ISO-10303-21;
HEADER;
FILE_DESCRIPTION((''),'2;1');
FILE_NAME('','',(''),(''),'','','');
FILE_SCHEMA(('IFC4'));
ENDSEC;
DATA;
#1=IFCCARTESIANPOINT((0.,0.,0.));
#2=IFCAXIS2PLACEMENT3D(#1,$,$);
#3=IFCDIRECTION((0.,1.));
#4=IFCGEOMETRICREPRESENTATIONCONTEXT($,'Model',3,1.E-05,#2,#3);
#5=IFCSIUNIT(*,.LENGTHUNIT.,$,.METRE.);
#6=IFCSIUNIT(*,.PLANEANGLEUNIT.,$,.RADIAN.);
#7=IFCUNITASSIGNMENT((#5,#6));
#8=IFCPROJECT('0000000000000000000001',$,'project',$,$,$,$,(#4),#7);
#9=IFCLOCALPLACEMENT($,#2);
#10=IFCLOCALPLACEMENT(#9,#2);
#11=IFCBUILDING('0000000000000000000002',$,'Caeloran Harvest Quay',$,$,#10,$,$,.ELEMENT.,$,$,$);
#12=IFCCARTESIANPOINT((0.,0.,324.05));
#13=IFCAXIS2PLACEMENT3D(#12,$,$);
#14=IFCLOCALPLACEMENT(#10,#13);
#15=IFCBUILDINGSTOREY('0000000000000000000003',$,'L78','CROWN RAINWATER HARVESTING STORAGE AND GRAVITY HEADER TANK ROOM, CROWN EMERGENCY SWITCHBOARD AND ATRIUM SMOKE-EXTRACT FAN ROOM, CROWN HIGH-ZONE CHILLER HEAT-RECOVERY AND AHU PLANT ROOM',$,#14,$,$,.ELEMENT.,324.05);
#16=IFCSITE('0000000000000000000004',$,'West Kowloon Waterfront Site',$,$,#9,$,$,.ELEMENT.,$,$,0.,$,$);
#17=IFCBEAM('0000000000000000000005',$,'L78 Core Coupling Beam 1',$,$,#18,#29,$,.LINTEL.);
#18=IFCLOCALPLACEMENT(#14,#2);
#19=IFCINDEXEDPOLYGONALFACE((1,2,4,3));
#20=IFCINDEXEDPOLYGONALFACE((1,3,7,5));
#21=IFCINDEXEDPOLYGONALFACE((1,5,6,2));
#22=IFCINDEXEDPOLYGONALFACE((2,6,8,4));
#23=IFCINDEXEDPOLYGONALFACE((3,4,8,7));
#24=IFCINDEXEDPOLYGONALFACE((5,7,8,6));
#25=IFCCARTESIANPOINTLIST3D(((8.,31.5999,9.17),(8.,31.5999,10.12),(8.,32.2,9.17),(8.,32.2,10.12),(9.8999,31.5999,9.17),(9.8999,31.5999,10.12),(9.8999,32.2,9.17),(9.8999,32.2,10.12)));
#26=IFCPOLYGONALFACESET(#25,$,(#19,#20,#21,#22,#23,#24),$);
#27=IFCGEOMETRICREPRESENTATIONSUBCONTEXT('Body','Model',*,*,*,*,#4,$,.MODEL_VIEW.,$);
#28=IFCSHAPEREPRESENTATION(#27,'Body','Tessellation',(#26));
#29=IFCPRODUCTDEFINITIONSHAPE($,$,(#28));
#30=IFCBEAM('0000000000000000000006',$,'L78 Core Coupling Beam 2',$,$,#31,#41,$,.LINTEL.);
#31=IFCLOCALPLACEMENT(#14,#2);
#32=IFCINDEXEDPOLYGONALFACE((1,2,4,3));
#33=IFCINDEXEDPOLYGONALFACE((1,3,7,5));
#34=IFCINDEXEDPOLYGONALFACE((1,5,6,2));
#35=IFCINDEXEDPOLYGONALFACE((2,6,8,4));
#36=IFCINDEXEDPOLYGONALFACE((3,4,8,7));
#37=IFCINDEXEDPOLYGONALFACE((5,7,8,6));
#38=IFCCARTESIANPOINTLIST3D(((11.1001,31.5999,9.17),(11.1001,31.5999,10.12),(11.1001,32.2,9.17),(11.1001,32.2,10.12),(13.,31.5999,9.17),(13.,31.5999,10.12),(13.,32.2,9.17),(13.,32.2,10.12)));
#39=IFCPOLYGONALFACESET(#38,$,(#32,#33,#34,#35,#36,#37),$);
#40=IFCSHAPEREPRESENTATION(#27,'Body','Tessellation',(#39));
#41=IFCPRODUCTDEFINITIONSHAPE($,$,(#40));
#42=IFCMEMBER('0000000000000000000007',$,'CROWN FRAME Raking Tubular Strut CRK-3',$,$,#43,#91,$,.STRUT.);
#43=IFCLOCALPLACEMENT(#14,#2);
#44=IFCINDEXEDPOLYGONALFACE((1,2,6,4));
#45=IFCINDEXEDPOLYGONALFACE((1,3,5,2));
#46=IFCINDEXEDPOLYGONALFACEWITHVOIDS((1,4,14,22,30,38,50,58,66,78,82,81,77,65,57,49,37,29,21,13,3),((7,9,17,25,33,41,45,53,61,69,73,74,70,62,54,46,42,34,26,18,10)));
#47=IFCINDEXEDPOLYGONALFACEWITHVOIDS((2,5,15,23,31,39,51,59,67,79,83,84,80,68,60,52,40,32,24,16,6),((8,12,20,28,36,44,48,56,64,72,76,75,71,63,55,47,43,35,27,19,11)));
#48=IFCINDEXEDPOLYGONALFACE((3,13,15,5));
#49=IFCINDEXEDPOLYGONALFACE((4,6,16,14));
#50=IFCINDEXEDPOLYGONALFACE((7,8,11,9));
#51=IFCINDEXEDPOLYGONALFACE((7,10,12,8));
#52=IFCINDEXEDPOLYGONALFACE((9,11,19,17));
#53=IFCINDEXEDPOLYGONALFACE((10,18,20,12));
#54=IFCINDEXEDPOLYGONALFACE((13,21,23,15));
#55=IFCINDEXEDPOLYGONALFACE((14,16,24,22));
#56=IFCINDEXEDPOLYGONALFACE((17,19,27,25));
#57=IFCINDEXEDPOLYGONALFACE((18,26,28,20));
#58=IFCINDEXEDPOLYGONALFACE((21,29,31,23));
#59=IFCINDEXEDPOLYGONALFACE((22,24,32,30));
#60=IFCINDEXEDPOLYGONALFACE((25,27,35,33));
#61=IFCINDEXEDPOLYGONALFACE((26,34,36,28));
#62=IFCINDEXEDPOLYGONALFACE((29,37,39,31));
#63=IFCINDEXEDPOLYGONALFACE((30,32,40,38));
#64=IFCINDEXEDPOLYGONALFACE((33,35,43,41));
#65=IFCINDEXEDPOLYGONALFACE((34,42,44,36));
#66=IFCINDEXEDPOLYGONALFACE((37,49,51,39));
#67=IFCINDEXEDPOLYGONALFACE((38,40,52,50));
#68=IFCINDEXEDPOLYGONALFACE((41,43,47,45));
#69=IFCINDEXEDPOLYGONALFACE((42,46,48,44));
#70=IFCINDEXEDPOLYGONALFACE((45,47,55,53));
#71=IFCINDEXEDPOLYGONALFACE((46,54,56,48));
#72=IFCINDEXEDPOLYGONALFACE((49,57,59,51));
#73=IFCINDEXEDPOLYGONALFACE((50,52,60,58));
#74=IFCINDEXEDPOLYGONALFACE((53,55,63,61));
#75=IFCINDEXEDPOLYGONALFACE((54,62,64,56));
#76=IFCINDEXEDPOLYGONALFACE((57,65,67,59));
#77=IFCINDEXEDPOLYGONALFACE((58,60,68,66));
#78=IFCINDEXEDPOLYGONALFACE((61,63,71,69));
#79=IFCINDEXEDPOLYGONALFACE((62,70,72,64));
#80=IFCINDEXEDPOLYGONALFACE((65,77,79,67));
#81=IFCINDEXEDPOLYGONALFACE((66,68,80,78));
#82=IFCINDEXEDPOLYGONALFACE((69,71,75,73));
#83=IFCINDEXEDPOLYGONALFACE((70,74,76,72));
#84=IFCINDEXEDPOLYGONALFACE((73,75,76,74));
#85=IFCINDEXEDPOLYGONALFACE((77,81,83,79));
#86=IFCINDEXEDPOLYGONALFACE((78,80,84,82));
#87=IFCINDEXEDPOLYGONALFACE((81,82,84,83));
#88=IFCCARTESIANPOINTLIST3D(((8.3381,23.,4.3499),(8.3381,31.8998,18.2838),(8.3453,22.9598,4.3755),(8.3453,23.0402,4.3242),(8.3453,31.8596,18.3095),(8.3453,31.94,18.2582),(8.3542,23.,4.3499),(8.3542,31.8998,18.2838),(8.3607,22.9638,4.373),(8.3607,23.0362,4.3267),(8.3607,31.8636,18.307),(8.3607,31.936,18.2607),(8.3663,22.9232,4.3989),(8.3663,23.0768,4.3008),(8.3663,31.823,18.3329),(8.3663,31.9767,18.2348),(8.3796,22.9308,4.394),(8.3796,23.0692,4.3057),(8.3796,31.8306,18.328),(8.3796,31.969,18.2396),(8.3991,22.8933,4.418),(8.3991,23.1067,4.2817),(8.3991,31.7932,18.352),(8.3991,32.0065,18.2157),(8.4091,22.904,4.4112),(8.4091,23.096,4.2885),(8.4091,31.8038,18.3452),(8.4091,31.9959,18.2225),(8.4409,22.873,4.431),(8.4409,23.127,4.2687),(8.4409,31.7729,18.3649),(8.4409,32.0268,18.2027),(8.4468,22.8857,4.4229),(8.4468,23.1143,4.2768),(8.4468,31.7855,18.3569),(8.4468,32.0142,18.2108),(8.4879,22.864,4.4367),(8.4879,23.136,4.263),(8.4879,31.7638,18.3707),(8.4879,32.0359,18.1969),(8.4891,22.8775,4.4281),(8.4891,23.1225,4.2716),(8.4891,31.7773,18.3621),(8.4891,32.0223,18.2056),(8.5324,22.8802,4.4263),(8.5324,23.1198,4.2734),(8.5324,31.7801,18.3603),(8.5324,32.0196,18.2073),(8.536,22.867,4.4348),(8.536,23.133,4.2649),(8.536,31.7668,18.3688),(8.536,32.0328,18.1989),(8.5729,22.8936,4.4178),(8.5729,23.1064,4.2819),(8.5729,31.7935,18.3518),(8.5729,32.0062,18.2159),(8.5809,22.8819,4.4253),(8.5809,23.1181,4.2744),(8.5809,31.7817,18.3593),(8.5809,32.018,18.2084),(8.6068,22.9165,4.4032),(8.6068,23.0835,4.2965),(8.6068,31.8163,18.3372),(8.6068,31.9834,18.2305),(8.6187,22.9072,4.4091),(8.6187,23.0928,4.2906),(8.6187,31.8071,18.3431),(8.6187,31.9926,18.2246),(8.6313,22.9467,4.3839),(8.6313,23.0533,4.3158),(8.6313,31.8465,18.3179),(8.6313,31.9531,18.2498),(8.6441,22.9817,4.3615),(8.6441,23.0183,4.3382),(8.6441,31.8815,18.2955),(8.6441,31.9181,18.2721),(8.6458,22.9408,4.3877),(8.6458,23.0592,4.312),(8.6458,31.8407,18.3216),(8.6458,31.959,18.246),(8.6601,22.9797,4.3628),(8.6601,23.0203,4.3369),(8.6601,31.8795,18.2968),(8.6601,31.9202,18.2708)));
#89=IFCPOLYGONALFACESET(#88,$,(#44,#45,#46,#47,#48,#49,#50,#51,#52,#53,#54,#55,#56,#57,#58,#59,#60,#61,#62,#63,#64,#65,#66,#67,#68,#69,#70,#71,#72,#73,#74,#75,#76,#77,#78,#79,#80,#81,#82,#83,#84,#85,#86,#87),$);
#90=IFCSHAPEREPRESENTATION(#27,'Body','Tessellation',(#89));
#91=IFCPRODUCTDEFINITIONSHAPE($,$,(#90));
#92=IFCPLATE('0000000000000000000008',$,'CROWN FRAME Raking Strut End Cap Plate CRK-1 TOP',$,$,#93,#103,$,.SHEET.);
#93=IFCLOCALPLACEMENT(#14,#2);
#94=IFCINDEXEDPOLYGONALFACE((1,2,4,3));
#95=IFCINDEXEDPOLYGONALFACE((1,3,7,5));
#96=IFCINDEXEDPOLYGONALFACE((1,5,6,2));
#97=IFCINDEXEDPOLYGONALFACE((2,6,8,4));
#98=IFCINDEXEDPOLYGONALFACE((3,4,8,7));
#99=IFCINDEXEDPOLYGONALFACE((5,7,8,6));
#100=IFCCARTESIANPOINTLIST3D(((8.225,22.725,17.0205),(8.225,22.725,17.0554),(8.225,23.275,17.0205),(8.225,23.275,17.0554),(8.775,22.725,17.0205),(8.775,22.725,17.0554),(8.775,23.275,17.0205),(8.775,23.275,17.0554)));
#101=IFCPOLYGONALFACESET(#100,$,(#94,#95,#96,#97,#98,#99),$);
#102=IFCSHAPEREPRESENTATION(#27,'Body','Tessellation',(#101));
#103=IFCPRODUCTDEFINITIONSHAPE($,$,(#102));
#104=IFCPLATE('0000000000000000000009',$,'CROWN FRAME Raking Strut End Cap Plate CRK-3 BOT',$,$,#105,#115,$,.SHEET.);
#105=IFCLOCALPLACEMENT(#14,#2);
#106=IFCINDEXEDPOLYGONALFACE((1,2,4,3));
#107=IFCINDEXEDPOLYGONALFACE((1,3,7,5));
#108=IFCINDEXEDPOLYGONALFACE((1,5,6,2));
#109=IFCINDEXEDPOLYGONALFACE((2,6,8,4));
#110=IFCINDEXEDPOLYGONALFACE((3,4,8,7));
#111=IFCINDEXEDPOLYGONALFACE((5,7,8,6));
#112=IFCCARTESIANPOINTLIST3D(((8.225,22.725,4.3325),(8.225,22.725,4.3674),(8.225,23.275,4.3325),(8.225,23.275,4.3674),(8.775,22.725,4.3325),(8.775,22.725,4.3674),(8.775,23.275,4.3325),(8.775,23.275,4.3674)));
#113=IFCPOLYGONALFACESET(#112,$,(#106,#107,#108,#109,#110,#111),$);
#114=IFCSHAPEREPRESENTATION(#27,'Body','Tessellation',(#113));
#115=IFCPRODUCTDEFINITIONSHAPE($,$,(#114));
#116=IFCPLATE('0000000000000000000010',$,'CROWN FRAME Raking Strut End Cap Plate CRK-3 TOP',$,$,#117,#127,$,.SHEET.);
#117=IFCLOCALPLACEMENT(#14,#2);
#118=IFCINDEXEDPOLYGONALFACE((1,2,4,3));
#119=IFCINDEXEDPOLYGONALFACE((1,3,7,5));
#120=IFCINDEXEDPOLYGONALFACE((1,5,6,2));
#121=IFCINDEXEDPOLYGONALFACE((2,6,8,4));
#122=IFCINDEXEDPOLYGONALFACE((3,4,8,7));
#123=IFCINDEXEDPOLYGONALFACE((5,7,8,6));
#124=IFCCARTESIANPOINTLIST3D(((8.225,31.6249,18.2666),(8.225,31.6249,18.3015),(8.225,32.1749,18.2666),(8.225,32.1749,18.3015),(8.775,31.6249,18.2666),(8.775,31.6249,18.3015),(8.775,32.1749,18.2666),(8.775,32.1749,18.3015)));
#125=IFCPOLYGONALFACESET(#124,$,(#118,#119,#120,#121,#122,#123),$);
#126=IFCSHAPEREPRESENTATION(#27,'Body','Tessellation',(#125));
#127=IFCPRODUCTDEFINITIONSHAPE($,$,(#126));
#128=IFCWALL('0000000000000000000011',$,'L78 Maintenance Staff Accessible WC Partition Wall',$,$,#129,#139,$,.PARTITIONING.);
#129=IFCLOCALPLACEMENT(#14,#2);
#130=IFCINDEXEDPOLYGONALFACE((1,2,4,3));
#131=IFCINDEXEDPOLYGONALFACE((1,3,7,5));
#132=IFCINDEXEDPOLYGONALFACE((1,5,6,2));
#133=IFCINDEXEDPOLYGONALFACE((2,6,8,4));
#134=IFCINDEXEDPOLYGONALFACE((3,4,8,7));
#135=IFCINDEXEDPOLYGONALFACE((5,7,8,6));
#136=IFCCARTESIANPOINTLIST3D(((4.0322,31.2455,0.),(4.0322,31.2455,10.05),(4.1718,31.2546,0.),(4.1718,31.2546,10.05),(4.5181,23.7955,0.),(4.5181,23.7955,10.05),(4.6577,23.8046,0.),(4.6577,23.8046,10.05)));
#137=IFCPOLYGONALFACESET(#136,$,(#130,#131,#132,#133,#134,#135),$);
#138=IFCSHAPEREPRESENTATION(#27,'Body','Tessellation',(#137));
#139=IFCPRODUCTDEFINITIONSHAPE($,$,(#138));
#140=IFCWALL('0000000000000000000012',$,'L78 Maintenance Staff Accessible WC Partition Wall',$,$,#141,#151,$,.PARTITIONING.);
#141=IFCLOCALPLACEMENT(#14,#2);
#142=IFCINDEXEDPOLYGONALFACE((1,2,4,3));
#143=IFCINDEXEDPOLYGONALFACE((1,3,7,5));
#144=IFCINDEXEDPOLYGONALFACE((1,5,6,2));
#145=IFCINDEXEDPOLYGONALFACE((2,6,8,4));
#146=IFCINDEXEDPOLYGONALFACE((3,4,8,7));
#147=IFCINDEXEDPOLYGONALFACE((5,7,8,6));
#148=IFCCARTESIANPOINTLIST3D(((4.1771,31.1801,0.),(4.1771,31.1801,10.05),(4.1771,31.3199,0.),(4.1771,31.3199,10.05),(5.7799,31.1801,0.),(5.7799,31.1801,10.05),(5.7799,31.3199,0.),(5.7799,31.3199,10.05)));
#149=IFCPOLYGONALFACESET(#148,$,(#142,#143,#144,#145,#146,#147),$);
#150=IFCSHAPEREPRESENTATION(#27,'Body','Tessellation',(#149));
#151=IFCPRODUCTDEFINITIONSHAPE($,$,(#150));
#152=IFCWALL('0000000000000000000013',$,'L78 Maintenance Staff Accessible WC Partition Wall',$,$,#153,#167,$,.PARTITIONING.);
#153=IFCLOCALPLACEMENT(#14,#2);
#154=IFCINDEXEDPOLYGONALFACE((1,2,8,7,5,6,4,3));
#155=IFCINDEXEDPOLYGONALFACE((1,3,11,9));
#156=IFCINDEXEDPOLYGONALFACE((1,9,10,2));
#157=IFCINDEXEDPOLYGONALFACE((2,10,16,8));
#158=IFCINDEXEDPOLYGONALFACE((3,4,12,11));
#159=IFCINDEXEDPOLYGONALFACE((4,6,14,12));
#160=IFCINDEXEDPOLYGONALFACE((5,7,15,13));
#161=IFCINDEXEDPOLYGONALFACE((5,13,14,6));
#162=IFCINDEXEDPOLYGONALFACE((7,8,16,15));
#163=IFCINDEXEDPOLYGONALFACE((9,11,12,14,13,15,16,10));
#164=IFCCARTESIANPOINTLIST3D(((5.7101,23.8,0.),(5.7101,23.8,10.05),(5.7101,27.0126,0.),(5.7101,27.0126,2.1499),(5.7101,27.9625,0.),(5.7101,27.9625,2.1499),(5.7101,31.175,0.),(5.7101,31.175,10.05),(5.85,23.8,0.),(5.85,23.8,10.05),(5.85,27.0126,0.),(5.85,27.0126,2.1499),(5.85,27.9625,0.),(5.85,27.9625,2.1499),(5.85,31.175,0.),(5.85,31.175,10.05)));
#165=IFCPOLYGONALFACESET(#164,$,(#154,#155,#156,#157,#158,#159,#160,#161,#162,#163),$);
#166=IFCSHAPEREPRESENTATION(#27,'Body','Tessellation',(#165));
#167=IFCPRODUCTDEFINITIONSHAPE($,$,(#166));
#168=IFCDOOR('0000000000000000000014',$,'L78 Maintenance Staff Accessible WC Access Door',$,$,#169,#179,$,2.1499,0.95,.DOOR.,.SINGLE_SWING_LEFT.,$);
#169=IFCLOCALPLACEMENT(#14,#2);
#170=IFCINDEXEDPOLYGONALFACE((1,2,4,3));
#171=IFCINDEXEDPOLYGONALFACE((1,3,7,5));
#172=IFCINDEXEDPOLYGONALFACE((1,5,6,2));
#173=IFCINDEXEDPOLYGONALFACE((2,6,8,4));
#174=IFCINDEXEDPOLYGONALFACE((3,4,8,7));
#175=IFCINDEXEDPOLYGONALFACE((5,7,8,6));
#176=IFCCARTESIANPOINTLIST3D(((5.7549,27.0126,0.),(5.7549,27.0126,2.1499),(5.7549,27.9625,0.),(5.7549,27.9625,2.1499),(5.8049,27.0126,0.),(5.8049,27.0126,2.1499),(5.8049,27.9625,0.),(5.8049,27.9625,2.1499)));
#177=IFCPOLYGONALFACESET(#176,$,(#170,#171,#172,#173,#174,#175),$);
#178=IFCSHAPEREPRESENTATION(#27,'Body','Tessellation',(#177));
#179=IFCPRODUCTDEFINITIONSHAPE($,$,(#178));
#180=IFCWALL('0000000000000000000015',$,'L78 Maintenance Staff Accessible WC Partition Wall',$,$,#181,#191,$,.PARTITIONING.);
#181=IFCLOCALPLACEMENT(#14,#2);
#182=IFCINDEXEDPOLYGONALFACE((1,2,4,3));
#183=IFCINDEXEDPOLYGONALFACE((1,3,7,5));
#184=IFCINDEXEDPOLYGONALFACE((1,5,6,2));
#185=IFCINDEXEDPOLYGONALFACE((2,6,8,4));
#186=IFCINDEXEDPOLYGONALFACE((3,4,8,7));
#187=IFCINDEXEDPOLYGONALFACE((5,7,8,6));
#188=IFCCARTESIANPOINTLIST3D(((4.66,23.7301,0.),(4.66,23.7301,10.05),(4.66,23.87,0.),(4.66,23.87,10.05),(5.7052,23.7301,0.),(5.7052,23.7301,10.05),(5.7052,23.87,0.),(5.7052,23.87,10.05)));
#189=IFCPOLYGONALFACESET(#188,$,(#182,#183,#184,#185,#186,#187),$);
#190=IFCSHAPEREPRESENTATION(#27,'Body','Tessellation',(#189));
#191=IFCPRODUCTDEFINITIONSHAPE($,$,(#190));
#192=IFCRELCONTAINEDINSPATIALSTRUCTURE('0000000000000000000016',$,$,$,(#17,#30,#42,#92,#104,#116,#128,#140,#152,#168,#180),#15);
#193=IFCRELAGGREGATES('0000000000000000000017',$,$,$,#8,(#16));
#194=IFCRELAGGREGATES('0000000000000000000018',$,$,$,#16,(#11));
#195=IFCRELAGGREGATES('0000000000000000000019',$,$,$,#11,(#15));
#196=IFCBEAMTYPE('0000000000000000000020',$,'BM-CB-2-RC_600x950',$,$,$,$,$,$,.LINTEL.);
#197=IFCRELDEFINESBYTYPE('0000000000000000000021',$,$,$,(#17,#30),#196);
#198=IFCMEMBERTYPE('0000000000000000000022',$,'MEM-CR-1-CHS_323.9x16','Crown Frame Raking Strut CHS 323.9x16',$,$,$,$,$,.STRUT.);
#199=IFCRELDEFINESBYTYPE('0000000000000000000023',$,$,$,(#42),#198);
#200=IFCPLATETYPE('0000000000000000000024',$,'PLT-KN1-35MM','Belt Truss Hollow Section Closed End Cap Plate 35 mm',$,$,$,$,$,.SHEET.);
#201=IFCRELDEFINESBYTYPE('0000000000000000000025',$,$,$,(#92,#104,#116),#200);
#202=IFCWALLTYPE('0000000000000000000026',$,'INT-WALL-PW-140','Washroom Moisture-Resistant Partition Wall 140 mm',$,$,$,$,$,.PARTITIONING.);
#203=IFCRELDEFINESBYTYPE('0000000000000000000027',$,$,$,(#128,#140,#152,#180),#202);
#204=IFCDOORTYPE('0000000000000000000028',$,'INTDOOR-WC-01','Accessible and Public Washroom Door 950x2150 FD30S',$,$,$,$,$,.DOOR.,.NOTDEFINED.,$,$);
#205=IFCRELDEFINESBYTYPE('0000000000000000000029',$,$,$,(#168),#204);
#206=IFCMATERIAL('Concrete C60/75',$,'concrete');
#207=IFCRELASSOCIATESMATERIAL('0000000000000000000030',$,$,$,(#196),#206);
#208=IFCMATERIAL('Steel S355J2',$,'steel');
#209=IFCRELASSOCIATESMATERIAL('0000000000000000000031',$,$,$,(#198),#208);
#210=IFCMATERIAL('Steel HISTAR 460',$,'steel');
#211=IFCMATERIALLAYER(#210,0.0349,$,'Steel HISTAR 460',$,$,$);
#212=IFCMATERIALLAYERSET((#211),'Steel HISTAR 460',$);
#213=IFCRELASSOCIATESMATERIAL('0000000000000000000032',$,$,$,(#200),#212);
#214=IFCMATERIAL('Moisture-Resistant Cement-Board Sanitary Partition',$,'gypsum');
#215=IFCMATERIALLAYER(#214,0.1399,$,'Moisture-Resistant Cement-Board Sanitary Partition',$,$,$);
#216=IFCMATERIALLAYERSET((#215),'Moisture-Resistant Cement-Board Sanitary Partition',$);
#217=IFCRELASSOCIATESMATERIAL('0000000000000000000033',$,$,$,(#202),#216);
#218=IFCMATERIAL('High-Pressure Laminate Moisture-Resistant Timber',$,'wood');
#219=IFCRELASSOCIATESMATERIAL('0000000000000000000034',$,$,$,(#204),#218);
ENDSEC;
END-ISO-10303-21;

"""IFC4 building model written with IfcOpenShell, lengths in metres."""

from ifc_helpers import new_model, si_unit, direction, frame, frame_2d, origin, origin_2d, place, context, subcontext, project, spatial, rectangle, hollow_circle, extrude, material, layer, layer_set, material_profile, profile_set, type_object, element, fill, save


model = new_model("IFC4")

# Units and contexts
model_context = context("Model", 3, precision=1e-05, world=origin(), true_north=direction((0.0, 1.0)))
body_context = subcontext(model_context, "Body", "Model", "MODEL_VIEW")
ifc_project = project(units=[si_unit("LENGTHUNIT", "METRE"), si_unit("PLANEANGLEUNIT", "RADIAN")], contexts=[model_context])

# Site, building, storey
site_placement = place(None, origin())
site = spatial("IfcSite", under=ifc_project, at=site_placement, Name="West Kowloon Waterfront Site", CompositionType="ELEMENT", RefElevation=0.0)
building_placement = place(site_placement, origin())
building = spatial("IfcBuilding", under=site, at=building_placement, Name="Caeloran Harvest Quay", CompositionType="ELEMENT")
storey_placement = place(building_placement, frame((0.0, 0.0, 324.05)))
storey = spatial("IfcBuildingStorey", under=building, at=storey_placement, Name="L78", Description="CROWN RAINWATER HARVESTING STORAGE AND GRAVITY HEADER TANK ROOM, CROWN EMERGENCY SWITCHBOARD AND ATRIUM SMOKE-EXTRACT FAN ROOM, CROWN HIGH-ZONE CHILLER HEAT-RECOVERY AND AHU PLANT ROOM", CompositionType="ELEMENT", Elevation=324.05)

# Shared definitions
ifc_material_1 = material(Name="Steel S355J2", Category="steel")
ifc_material_2 = material(Name="Concrete C60/75", Category="concrete")

# Beams
ifc_material_profile_1 = material_profile(ifc_material_2, rectangle(XDim=0.6001, YDim=0.95, at=origin_2d()), Name="RC 600x950")
ifc_profile_set_1 = profile_set([ifc_material_profile_1], Name="Concrete C60/75")
beam_type = type_object("IfcBeamType", Name="BM-CB-2-RC_600x950", PredefinedType="LINTEL", material=ifc_profile_set_1)
for number, where, z_axis, x_axis, name in (
    (1, (8.0, 31.8999, 9.645), (1.0, 0.0, 0.0), (0.0, 1.0, 0.0), "L78 Core Coupling Beam 1"),
    (2, (11.1001, 31.8999, 9.645), (1.0, 0.0, 0.0), (0.0, 1.0, 0.0), "L78 Core Coupling Beam 2"),
):
    element("IfcBeam", number, at=place(storey_placement, frame(where, z_axis=z_axis, x_axis=x_axis)), inside=storey, type_object=beam_type, Name=name, PredefinedType="LINTEL", context=body_context, shape_type="SweptSolid", body=[
        extrude(rectangle(XDim=0.6001, YDim=0.95, at=origin_2d()), origin(), (0.0, 0.0, 1.0), 1.8999),
    ])

# Member
ifc_material_profile_2 = material_profile(ifc_material_1, hollow_circle(Radius=0.1619, WallThickness=0.0161, at=origin_2d()), Name="CHS 323.9x16")
ifc_profile_set_2 = profile_set([ifc_material_profile_2], Name="Steel S355J2")
member_type = type_object("IfcMemberType", Name="MEM-CR-1-CHS_323.9x16", Description="Crown Frame Raking Strut CHS 323.9x16", PredefinedType="STRUT", material=ifc_profile_set_2)
member_placement = place(storey_placement, frame((8.5, 23.0, 4.3499), z_axis=(0.0, 0.538285, 0.842763), x_axis=(-1.0, 0.0, 0.0)))
element("IfcMember", 3, at=member_placement, inside=storey, type_object=member_type, Name="CROWN FRAME Raking Tubular Strut CRK-3", PredefinedType="STRUT", context=body_context, shape_type="SweptSolid", body=[
    extrude(hollow_circle(Radius=0.1619, WallThickness=0.0161, at=origin_2d()), origin(), (0.0, 0.0, 1.0), 16.5337),
])

# Plates
ifc_material_3 = material(Name="Steel HISTAR 460", Category="steel")
ifc_layer_1 = layer(ifc_material_3, 0.0349, Name="Steel HISTAR 460")
ifc_layer_set_1 = layer_set([ifc_layer_1], Name="Steel HISTAR 460")
plate_type = type_object("IfcPlateType", Name="PLT-KN1-35MM", Description="Belt Truss Hollow Section Closed End Cap Plate 35 mm", PredefinedType="SHEET", material=ifc_layer_set_1)
for number, where, z_axis, x_axis, name in (
    (4, (8.5, 23.0, 17.0205), (0.0, 0.0, 1.0), (1.0, 0.0, 0.0), "CROWN FRAME Raking Strut End Cap Plate CRK-1 TOP"),
    (5, (8.5, 23.0, 4.3325), (0.0, 0.0, 1.0), (1.0, 0.0, 0.0), "CROWN FRAME Raking Strut End Cap Plate CRK-3 BOT"),
    (6, (8.5, 31.8999, 18.2666), (0.0, 0.0, 1.0), (1.0, 0.0, 0.0), "CROWN FRAME Raking Strut End Cap Plate CRK-3 TOP"),
):
    element("IfcPlate", number, at=place(storey_placement, frame(where, z_axis=z_axis, x_axis=x_axis)), inside=storey, type_object=plate_type, Name=name, PredefinedType="SHEET", context=body_context, shape_type="SweptSolid", body=[
        extrude(rectangle(XDim=0.55, YDim=0.55, at=origin_2d()), origin(), (0.0, 0.0, 1.0), 0.0349),
    ])

# Walls
ifc_material_4 = material(Name="Moisture-Resistant Cement-Board Sanitary Partition", Category="gypsum")
ifc_layer_2 = layer(ifc_material_4, 0.1399, Name="Moisture-Resistant Cement-Board Sanitary Partition")
ifc_layer_set_2 = layer_set([ifc_layer_2], Name="Moisture-Resistant Cement-Board Sanitary Partition")
wall_type_1 = type_object("IfcWallType", Name="INT-WALL-PW-140", Description="Washroom Moisture-Resistant Partition Wall 140 mm", PredefinedType="PARTITIONING", material=ifc_layer_set_2)
wall_1_placement = place(storey_placement, frame((4.5879, 23.8, 0.0), z_axis=(0.0, 0.0, 1.0), x_axis=(-0.065076, 0.99788, 0.0)))
element("IfcWall", 7, at=wall_1_placement, inside=storey, type_object=wall_type_1, Name="L78 Maintenance Staff Accessible WC Partition Wall", PredefinedType="PARTITIONING", context=body_context, shape_type="SweptSolid", body=[
    extrude(rectangle(XDim=7.4658, YDim=0.1399, at=frame_2d((3.7329, 0.0))), origin(), (0.0, 0.0, 1.0), 10.05),
])
wall_2_placement = place(storey_placement, frame((4.1772, 31.25, 0.0), z_axis=(0.0, 0.0, 1.0), x_axis=(1.0, 0.0, 0.0)))
element("IfcWall", 8, at=wall_2_placement, inside=storey, type_object=wall_type_1, Name="L78 Maintenance Staff Accessible WC Partition Wall", PredefinedType="PARTITIONING", context=body_context, shape_type="SweptSolid", body=[
    extrude(rectangle(XDim=1.6028, YDim=0.1399, at=frame_2d((0.8013, 0.0))), origin(), (0.0, 0.0, 1.0), 10.05),
])

# Wall, opening, door
wall_3_placement = place(storey_placement, frame((5.78, 31.175, 0.0), z_axis=(0.0, 0.0, 1.0), x_axis=(0.0, -1.0, 0.0)))
wall_3 = element("IfcWall", 9, at=wall_3_placement, inside=storey, type_object=wall_type_1, Name="L78 Maintenance Staff Accessible WC Partition Wall", PredefinedType="PARTITIONING", context=body_context, shape_type="SweptSolid", body=[
    extrude(rectangle(XDim=7.375, YDim=0.1399, at=frame_2d((3.6875, 0.0))), origin(), (0.0, 0.0, 1.0), 10.05),
])
opening_1_placement = place(wall_3_placement, frame((3.2124, 0.0, 0.0)))
opening_1 = element("IfcOpeningElement", 10, at=opening_1_placement, cuts=wall_3, PredefinedType="OPENING", context=body_context, shape_type="SweptSolid", body=[
    extrude(rectangle(XDim=0.95, YDim=2.1499, at=frame_2d((0.4751, 1.075))), frame((0.0, 0.0801, 0.0), z_axis=(0.0, -1.0, 0.0), x_axis=(1.0, 0.0, 0.0)), (0.0, 0.0, 1.0), 0.1599),
])
ifc_material_5 = material(Name="High-Pressure Laminate Moisture-Resistant Timber", Category="wood")
door_type_1 = type_object("IfcDoorType", Name="INTDOOR-WC-01", Description="Accessible and Public Washroom Door 950x2150 FD30S", OperationType="NOTDEFINED", PredefinedType="DOOR", material=ifc_material_5)
door_1_placement = place(opening_1_placement, origin())
door_1 = element("IfcDoor", 11, at=door_1_placement, inside=storey, type_object=door_type_1, Name="L78 Maintenance Staff Accessible WC Access Door", OperationType="SINGLE_SWING_LEFT", OverallHeight=2.1499, OverallWidth=0.95, PredefinedType="DOOR", context=body_context, shape_type="SweptSolid", body=[
    extrude(rectangle(XDim=0.95, YDim=2.1499, at=frame_2d((0.4751, 1.075))), frame((0.0, 0.0249, 0.0), z_axis=(0.0, -1.0, 0.0), x_axis=(1.0, 0.0, 0.0)), (0.0, 0.0, 1.0), 0.05),
])
fill(opening_1, door_1)

# Wall
wall_4_placement = place(storey_placement, frame((5.7051, 23.8, 0.0), z_axis=(0.0, 0.0, 1.0), x_axis=(-1.0, 0.0, 0.0)))
element("IfcWall", 12, at=wall_4_placement, inside=storey, type_object=wall_type_1, Name="L78 Maintenance Staff Accessible WC Partition Wall", PredefinedType="PARTITIONING", context=body_context, shape_type="SweptSolid", body=[
    extrude(rectangle(XDim=1.0452, YDim=0.1399, at=frame_2d((0.5225, 0.0))), origin(), (0.0, 0.0, 1.0), 10.05),
])

save(model, "model.ifc")
